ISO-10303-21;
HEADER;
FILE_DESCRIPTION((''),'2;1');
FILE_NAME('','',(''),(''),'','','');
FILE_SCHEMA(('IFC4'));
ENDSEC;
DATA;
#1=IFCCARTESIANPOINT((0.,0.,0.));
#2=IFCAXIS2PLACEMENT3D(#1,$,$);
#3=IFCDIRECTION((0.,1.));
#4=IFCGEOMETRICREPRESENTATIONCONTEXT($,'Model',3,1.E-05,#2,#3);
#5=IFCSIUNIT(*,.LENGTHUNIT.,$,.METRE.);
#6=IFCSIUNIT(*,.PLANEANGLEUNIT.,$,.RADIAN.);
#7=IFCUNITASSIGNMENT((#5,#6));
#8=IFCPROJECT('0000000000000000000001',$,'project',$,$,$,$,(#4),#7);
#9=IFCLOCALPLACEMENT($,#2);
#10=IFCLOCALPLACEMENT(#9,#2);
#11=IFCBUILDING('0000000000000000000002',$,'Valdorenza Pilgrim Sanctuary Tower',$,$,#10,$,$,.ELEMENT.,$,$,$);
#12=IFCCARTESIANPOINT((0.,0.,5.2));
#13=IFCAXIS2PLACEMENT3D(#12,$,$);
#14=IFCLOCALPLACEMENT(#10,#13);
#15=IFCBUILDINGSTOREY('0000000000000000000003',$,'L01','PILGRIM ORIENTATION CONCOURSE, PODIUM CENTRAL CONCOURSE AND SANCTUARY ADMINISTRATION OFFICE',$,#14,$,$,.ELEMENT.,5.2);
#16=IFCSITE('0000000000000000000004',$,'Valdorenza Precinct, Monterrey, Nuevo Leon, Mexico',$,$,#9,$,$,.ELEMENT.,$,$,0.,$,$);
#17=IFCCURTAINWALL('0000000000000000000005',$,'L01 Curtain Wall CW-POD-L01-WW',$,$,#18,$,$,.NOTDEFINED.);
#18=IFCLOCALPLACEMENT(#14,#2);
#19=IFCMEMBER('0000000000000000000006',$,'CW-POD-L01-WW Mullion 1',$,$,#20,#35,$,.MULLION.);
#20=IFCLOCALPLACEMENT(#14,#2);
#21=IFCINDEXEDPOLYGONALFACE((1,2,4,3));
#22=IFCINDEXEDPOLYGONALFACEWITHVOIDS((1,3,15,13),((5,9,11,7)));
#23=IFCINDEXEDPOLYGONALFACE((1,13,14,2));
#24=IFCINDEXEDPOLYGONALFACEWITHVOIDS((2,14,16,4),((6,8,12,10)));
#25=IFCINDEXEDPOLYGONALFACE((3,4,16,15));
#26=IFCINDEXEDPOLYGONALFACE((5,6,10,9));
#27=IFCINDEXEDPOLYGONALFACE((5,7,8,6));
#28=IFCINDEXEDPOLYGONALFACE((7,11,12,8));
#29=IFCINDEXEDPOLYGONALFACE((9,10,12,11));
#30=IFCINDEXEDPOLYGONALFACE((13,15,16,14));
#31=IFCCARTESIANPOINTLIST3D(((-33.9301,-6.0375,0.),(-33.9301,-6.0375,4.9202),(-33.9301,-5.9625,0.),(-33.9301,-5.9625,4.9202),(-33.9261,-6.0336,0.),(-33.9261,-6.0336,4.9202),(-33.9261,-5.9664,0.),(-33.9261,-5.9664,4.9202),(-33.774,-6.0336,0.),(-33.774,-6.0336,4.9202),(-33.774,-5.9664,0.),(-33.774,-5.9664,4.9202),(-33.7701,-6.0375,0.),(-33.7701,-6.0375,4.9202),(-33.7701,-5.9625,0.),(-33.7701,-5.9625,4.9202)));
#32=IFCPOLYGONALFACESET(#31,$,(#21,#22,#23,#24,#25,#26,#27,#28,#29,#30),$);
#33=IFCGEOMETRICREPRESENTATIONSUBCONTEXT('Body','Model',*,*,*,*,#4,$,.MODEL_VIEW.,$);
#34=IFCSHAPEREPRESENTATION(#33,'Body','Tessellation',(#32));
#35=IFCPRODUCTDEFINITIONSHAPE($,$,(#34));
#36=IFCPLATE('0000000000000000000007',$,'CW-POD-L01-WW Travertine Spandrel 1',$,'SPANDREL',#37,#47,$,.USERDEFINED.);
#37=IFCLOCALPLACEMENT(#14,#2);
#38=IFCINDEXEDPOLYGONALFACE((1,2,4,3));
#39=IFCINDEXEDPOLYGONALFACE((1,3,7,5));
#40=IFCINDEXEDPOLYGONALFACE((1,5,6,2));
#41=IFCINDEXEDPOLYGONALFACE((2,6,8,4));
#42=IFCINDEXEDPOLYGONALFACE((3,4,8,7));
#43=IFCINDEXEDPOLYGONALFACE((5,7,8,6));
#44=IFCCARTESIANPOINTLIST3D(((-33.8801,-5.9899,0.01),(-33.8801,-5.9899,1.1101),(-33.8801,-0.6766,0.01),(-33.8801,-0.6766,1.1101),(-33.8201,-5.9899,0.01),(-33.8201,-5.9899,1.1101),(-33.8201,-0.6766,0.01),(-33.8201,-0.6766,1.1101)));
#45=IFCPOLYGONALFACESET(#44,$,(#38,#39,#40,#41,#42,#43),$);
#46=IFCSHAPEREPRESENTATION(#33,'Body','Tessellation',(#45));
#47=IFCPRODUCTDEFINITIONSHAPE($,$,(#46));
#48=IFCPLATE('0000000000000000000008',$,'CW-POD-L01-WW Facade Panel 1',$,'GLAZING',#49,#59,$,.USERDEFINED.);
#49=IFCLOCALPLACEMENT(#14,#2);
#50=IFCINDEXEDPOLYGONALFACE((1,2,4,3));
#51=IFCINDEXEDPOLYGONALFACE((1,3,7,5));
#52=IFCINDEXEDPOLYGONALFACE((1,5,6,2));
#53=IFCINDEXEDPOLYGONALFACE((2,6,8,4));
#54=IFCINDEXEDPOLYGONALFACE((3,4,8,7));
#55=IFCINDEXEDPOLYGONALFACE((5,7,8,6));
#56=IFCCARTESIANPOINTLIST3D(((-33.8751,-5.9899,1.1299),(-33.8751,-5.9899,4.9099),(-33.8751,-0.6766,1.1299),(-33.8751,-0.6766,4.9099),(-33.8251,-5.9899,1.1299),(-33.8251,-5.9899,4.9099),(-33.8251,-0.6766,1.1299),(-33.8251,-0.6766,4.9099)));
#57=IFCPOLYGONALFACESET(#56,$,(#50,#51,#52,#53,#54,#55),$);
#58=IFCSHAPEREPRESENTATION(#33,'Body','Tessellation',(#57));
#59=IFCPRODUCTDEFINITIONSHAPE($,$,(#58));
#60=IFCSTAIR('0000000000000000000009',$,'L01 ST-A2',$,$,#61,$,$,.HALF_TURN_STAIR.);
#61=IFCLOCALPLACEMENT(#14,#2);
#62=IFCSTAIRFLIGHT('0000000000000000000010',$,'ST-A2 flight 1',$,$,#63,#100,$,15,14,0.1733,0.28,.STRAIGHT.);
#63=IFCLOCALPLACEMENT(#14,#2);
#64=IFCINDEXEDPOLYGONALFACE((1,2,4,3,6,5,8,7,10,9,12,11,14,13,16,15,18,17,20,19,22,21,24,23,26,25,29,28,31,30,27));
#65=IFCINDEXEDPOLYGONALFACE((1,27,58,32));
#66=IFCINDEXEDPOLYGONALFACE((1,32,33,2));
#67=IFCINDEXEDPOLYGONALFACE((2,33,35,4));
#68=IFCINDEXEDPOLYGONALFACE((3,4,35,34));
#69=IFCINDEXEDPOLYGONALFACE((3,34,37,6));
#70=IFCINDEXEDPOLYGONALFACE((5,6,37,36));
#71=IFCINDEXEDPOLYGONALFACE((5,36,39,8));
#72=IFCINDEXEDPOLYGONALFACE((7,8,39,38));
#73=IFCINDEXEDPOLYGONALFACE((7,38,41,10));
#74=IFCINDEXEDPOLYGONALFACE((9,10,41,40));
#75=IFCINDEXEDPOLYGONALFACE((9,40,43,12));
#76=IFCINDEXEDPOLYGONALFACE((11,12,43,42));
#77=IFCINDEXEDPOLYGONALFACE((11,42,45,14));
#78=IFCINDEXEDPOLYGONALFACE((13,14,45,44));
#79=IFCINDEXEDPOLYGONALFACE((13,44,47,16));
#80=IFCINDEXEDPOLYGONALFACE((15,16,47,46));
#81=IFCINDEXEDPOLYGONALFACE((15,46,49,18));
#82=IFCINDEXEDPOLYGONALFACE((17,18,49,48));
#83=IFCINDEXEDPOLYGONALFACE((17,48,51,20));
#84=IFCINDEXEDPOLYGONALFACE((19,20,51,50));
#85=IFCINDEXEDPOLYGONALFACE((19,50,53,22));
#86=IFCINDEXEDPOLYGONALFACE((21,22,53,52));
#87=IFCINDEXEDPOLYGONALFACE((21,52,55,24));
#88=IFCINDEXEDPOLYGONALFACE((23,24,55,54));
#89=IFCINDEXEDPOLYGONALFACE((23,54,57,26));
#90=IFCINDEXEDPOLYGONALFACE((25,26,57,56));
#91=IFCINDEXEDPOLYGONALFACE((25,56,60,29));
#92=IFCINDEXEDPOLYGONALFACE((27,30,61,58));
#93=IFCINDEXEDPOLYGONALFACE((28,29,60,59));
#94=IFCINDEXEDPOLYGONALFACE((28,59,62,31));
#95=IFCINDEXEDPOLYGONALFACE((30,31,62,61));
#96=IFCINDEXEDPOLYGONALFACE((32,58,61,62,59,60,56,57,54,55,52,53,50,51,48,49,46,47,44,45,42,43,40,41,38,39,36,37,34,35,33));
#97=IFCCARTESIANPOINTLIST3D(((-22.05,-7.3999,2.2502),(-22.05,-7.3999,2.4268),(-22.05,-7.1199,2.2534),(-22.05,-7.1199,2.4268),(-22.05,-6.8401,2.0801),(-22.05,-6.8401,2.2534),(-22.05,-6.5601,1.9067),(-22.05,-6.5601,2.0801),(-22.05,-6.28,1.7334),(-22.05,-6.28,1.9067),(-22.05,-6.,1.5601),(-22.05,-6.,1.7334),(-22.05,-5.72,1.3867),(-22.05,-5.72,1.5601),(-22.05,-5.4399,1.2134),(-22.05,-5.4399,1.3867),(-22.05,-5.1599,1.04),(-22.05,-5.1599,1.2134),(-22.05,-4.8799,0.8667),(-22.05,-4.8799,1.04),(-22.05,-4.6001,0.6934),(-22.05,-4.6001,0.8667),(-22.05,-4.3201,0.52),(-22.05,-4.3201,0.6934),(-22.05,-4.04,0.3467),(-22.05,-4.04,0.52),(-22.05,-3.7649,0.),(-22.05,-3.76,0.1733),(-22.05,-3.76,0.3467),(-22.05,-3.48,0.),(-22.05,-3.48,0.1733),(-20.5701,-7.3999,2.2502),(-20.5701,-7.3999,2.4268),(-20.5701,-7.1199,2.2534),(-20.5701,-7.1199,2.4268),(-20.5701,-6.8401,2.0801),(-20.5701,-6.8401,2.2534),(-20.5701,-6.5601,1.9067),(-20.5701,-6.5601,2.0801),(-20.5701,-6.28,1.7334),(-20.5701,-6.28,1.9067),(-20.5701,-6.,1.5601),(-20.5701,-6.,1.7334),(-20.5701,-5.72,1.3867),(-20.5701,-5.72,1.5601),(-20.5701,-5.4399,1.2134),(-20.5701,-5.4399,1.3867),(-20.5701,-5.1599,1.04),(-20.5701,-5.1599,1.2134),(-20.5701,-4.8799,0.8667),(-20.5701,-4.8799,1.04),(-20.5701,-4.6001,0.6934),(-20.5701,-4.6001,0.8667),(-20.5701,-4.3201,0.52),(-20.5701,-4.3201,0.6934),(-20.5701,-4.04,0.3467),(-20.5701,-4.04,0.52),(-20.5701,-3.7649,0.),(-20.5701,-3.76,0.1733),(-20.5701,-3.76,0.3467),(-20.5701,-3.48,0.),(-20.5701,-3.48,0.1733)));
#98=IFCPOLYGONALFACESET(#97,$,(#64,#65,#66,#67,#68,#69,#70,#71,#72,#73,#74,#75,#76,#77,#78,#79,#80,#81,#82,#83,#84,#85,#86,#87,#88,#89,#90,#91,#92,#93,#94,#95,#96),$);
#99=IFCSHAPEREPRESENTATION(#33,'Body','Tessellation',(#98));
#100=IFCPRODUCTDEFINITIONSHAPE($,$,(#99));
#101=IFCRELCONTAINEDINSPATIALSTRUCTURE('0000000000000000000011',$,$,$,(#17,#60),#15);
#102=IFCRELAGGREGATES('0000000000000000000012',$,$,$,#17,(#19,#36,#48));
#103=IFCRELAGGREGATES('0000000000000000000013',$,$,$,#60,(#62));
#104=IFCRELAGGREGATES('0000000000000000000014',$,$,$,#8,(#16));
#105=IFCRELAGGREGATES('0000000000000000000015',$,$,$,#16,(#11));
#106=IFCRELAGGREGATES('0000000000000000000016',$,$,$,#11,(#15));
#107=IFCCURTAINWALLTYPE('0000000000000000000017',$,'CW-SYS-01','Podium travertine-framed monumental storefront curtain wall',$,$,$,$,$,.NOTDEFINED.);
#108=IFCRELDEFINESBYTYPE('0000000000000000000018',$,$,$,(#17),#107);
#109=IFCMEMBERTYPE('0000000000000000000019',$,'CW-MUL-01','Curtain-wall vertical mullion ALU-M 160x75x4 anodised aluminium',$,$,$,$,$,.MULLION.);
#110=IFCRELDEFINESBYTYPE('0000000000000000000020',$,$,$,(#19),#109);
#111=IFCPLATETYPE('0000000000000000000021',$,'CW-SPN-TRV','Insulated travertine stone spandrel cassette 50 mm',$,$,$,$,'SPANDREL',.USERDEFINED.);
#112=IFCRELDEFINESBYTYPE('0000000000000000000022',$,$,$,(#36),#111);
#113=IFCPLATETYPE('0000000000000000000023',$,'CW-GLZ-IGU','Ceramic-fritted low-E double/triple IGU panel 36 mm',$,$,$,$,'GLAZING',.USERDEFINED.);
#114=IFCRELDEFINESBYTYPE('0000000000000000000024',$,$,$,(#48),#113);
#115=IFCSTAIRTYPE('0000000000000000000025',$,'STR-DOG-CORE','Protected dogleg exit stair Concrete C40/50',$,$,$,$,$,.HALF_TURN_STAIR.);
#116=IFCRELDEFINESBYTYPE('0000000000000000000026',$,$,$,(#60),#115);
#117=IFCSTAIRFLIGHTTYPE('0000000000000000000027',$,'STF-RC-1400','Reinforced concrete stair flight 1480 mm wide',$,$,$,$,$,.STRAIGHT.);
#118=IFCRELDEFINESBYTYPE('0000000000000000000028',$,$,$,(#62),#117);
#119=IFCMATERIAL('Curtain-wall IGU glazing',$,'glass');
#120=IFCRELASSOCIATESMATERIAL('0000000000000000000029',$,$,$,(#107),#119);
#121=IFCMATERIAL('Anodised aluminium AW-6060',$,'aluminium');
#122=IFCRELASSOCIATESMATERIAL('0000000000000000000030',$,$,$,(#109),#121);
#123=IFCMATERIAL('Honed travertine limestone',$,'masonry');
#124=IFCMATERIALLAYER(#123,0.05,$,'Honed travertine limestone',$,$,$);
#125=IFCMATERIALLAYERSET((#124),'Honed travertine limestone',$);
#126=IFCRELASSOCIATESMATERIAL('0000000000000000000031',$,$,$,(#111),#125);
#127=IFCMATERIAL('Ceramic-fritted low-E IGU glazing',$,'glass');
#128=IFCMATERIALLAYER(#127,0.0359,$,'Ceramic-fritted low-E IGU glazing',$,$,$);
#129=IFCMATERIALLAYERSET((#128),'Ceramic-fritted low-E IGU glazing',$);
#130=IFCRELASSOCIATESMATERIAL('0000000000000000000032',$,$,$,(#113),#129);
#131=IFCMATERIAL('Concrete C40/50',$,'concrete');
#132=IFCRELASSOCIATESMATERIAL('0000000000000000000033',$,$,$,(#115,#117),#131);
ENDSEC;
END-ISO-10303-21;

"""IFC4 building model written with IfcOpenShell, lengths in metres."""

from ifc_helpers import new_model, si_unit, direction, frame, origin, origin_2d, place, context, subcontext, project, spatial, polyline, rectangle, hollow_rectangle, outline, extrude, source, transform, mapped, material, layer, layer_set, material_profile, profile_set, type_object, element, aggregate, save


model = new_model("IFC4")

# Units and contexts
model_context = context("Model", 3, precision=1e-05, world=origin(), true_north=direction((0.0, 1.0)))
body_context = subcontext(model_context, "Body", "Model", "MODEL_VIEW")
ifc_project = project(units=[si_unit("LENGTHUNIT", "METRE"), si_unit("PLANEANGLEUNIT", "RADIAN")], contexts=[model_context])

# Site, building, storey
site_placement = place(None, origin())
site = spatial("IfcSite", under=ifc_project, at=site_placement, Name="Valdorenza Precinct, Monterrey, Nuevo Leon, Mexico", CompositionType="ELEMENT", RefElevation=0.0)
building_placement = place(site_placement, origin())
building = spatial("IfcBuilding", under=site, at=building_placement, Name="Valdorenza Pilgrim Sanctuary Tower", CompositionType="ELEMENT")
storey_placement = place(building_placement, frame((0.0, 0.0, 5.2)))
storey = spatial("IfcBuildingStorey", under=building, at=storey_placement, Name="L01", Description="PILGRIM ORIENTATION CONCOURSE, PODIUM CENTRAL CONCOURSE AND SANCTUARY ADMINISTRATION OFFICE", CompositionType="ELEMENT", Elevation=5.2)

# Curtain wall, member, plates
ifc_material_1 = material(Name="Curtain-wall IGU glazing", Category="glass")
curtain_wall_type = type_object("IfcCurtainWallType", Name="CW-SYS-01", Description="Podium travertine-framed monumental storefront curtain wall", PredefinedType="NOTDEFINED", material=ifc_material_1)
curtain_wall_placement = place(storey_placement, origin())
curtain_wall = element("IfcCurtainWall", 1, at=curtain_wall_placement, inside=storey, type_object=curtain_wall_type, Name="L01 Curtain Wall CW-POD-L01-WW", PredefinedType="NOTDEFINED")
ifc_material_2 = material(Name="Anodised aluminium AW-6060", Category="aluminium")
ifc_material_profile_1 = material_profile(ifc_material_2, hollow_rectangle(XDim=0.075, YDim=0.1599, WallThickness=0.0039, at=origin_2d()), Name="ALU-M 160x75x4")
ifc_profile_set_1 = profile_set([ifc_material_profile_1], Name="Anodised aluminium AW-6060")
member_type_1 = type_object("IfcMemberType", Name="CW-MUL-01", Description="Curtain-wall vertical mullion ALU-M 160x75x4 anodised aluminium", PredefinedType="MULLION", material=ifc_profile_set_1)
shared_shape_1 = source(origin(), body_context, "Body", "SweptSolid", [
    extrude(hollow_rectangle(XDim=0.075, YDim=0.1599, WallThickness=0.0039, at=origin_2d()), origin(), (0.0, 0.0, 1.0), 4.9202),
])
member_1_placement = place(storey_placement, frame((-33.8501, -6.0, 0.0), z_axis=(0.0, 0.0, 1.0), x_axis=(0.0, 1.0, 0.0)))
member_1 = element("IfcMember", 2, at=member_1_placement, type_object=member_type_1, Name="CW-POD-L01-WW Mullion 1", PredefinedType="MULLION", context=body_context, shape_type="MappedRepresentation", body=[
    mapped(shared_shape_1, transform((0.0, 0.0, 0.0), x_axis=(1.0, 0.0, 0.0), y_axis=(0.0, 1.0, 0.0), z_axis=(0.0, 0.0, 1.0), scale=1.0)),
])
ifc_material_3 = material(Name="Honed travertine limestone", Category="masonry")
ifc_layer_1 = layer(ifc_material_3, 0.05, Name="Honed travertine limestone")
ifc_layer_set_1 = layer_set([ifc_layer_1], Name="Honed travertine limestone")
plate_type_1 = type_object("IfcPlateType", Name="CW-SPN-TRV", Description="Insulated travertine stone spandrel cassette 50 mm", ElementType="SPANDREL", PredefinedType="USERDEFINED", material=ifc_layer_set_1)
shared_shape_2 = source(origin(), body_context, "Body", "SweptSolid", [
    extrude(rectangle(XDim=5.3132, YDim=0.0601, at=origin_2d()), origin(), (0.0, 0.0, 1.0), 1.1001),
])
plate_1_placement = place(storey_placement, frame((-33.8501, -3.3333, 0.01), z_axis=(0.0, 0.0, 1.0), x_axis=(0.0, 1.0, 0.0)))
plate_1 = element("IfcPlate", 3, at=plate_1_placement, type_object=plate_type_1, Name="CW-POD-L01-WW Travertine Spandrel 1", ObjectType="SPANDREL", PredefinedType="USERDEFINED", context=body_context, shape_type="MappedRepresentation", body=[
    mapped(shared_shape_2, transform((0.0, 0.0, 0.0), x_axis=(1.0, 0.0, 0.0), y_axis=(0.0, 1.0, 0.0), z_axis=(0.0, 0.0, 1.0), scale=1.0)),
])
ifc_material_4 = material(Name="Ceramic-fritted low-E IGU glazing", Category="glass")
ifc_layer_2 = layer(ifc_material_4, 0.0359, Name="Ceramic-fritted low-E IGU glazing")
ifc_layer_set_2 = layer_set([ifc_layer_2], Name="Ceramic-fritted low-E IGU glazing")
plate_type_2 = type_object("IfcPlateType", Name="CW-GLZ-IGU", Description="Ceramic-fritted low-E double/triple IGU panel 36 mm", ElementType="GLAZING", PredefinedType="USERDEFINED", material=ifc_layer_set_2)
shared_shape_3 = source(origin(), body_context, "Body", "SweptSolid", [
    extrude(rectangle(XDim=5.3132, YDim=0.05, at=origin_2d()), origin(), (0.0, 0.0, 1.0), 3.78),
])
plate_2_placement = place(storey_placement, frame((-33.8501, -3.3333, 1.1299), z_axis=(0.0, 0.0, 1.0), x_axis=(0.0, 1.0, 0.0)))
plate_2 = element("IfcPlate", 4, at=plate_2_placement, type_object=plate_type_2, Name="CW-POD-L01-WW Facade Panel 1", ObjectType="GLAZING", PredefinedType="USERDEFINED", context=body_context, shape_type="MappedRepresentation", body=[
    mapped(shared_shape_3, transform((0.0, 0.0, 0.0), x_axis=(1.0, 0.0, 0.0), y_axis=(0.0, 1.0, 0.0), z_axis=(0.0, 0.0, 1.0), scale=1.0)),
])
aggregate(curtain_wall, [member_1, plate_1, plate_2])

# Stair, stair flight
ifc_material_5 = material(Name="Concrete C40/50", Category="concrete")
stair_type = type_object("IfcStairType", Name="STR-DOG-CORE", Description="Protected dogleg exit stair Concrete C40/50", PredefinedType="HALF_TURN_STAIR", material=ifc_material_5)
stair_placement = place(storey_placement, origin())
stair = element("IfcStair", 5, at=stair_placement, inside=storey, type_object=stair_type, Name="L01 ST-A2", PredefinedType="HALF_TURN_STAIR")
stair_flight_type = type_object("IfcStairFlightType", Name="STF-RC-1400", Description="Reinforced concrete stair flight 1480 mm wide", PredefinedType="STRAIGHT", material=ifc_material_5)
stair_flight_placement = place(storey_placement, frame((-21.3101, -3.48, 0.0), z_axis=(0.0, 0.0, 1.0), x_axis=(0.0, -1.0, 0.0)))
stair_flight = element("IfcStairFlight", 6, at=stair_flight_placement, type_object=stair_flight_type, Name="ST-A2 flight 1", NumberOfRisers=15, NumberOfTreads=14, PredefinedType="STRAIGHT", RiserHeight=0.1733, TreadLength=0.28, context=body_context, shape_type="SweptSolid", body=[
    extrude(outline(polyline([(0.0, 0.0), (0.0, 0.1733), (0.28, 0.1733), (0.28, 0.3467), (0.5601, 0.3467), (0.5601, 0.52), (0.8401, 0.52), (0.8401, 0.6934), (1.1201, 0.6934), (1.1201, 0.8667), (1.3999, 0.8667), (1.3999, 1.04), (1.6799, 1.04), (1.6799, 1.2134), (1.96, 1.2134), (1.96, 1.3867), (2.24, 1.3867), (2.24, 1.5601), (2.52, 1.5601), (2.52, 1.7334), (2.8, 1.7334), (2.8, 1.9067), (3.0801, 1.9067), (3.0801, 2.0801), (3.3601, 2.0801), (3.3601, 2.2534), (3.6399, 2.2534), (3.6399, 2.4268), (3.9199, 2.4268), (3.9199, 2.6001), (3.9199, 2.2502), (0.2849, 0.0), (0.0, 0.0)])), frame((0.0, 0.74, 0.0), z_axis=(0.0, -1.0, 0.0), x_axis=(1.0, 0.0, 0.0)), (0.0, 0.0, 1.0), 1.48),
])
aggregate(stair, [stair_flight])

save(model, "model.ifc")
